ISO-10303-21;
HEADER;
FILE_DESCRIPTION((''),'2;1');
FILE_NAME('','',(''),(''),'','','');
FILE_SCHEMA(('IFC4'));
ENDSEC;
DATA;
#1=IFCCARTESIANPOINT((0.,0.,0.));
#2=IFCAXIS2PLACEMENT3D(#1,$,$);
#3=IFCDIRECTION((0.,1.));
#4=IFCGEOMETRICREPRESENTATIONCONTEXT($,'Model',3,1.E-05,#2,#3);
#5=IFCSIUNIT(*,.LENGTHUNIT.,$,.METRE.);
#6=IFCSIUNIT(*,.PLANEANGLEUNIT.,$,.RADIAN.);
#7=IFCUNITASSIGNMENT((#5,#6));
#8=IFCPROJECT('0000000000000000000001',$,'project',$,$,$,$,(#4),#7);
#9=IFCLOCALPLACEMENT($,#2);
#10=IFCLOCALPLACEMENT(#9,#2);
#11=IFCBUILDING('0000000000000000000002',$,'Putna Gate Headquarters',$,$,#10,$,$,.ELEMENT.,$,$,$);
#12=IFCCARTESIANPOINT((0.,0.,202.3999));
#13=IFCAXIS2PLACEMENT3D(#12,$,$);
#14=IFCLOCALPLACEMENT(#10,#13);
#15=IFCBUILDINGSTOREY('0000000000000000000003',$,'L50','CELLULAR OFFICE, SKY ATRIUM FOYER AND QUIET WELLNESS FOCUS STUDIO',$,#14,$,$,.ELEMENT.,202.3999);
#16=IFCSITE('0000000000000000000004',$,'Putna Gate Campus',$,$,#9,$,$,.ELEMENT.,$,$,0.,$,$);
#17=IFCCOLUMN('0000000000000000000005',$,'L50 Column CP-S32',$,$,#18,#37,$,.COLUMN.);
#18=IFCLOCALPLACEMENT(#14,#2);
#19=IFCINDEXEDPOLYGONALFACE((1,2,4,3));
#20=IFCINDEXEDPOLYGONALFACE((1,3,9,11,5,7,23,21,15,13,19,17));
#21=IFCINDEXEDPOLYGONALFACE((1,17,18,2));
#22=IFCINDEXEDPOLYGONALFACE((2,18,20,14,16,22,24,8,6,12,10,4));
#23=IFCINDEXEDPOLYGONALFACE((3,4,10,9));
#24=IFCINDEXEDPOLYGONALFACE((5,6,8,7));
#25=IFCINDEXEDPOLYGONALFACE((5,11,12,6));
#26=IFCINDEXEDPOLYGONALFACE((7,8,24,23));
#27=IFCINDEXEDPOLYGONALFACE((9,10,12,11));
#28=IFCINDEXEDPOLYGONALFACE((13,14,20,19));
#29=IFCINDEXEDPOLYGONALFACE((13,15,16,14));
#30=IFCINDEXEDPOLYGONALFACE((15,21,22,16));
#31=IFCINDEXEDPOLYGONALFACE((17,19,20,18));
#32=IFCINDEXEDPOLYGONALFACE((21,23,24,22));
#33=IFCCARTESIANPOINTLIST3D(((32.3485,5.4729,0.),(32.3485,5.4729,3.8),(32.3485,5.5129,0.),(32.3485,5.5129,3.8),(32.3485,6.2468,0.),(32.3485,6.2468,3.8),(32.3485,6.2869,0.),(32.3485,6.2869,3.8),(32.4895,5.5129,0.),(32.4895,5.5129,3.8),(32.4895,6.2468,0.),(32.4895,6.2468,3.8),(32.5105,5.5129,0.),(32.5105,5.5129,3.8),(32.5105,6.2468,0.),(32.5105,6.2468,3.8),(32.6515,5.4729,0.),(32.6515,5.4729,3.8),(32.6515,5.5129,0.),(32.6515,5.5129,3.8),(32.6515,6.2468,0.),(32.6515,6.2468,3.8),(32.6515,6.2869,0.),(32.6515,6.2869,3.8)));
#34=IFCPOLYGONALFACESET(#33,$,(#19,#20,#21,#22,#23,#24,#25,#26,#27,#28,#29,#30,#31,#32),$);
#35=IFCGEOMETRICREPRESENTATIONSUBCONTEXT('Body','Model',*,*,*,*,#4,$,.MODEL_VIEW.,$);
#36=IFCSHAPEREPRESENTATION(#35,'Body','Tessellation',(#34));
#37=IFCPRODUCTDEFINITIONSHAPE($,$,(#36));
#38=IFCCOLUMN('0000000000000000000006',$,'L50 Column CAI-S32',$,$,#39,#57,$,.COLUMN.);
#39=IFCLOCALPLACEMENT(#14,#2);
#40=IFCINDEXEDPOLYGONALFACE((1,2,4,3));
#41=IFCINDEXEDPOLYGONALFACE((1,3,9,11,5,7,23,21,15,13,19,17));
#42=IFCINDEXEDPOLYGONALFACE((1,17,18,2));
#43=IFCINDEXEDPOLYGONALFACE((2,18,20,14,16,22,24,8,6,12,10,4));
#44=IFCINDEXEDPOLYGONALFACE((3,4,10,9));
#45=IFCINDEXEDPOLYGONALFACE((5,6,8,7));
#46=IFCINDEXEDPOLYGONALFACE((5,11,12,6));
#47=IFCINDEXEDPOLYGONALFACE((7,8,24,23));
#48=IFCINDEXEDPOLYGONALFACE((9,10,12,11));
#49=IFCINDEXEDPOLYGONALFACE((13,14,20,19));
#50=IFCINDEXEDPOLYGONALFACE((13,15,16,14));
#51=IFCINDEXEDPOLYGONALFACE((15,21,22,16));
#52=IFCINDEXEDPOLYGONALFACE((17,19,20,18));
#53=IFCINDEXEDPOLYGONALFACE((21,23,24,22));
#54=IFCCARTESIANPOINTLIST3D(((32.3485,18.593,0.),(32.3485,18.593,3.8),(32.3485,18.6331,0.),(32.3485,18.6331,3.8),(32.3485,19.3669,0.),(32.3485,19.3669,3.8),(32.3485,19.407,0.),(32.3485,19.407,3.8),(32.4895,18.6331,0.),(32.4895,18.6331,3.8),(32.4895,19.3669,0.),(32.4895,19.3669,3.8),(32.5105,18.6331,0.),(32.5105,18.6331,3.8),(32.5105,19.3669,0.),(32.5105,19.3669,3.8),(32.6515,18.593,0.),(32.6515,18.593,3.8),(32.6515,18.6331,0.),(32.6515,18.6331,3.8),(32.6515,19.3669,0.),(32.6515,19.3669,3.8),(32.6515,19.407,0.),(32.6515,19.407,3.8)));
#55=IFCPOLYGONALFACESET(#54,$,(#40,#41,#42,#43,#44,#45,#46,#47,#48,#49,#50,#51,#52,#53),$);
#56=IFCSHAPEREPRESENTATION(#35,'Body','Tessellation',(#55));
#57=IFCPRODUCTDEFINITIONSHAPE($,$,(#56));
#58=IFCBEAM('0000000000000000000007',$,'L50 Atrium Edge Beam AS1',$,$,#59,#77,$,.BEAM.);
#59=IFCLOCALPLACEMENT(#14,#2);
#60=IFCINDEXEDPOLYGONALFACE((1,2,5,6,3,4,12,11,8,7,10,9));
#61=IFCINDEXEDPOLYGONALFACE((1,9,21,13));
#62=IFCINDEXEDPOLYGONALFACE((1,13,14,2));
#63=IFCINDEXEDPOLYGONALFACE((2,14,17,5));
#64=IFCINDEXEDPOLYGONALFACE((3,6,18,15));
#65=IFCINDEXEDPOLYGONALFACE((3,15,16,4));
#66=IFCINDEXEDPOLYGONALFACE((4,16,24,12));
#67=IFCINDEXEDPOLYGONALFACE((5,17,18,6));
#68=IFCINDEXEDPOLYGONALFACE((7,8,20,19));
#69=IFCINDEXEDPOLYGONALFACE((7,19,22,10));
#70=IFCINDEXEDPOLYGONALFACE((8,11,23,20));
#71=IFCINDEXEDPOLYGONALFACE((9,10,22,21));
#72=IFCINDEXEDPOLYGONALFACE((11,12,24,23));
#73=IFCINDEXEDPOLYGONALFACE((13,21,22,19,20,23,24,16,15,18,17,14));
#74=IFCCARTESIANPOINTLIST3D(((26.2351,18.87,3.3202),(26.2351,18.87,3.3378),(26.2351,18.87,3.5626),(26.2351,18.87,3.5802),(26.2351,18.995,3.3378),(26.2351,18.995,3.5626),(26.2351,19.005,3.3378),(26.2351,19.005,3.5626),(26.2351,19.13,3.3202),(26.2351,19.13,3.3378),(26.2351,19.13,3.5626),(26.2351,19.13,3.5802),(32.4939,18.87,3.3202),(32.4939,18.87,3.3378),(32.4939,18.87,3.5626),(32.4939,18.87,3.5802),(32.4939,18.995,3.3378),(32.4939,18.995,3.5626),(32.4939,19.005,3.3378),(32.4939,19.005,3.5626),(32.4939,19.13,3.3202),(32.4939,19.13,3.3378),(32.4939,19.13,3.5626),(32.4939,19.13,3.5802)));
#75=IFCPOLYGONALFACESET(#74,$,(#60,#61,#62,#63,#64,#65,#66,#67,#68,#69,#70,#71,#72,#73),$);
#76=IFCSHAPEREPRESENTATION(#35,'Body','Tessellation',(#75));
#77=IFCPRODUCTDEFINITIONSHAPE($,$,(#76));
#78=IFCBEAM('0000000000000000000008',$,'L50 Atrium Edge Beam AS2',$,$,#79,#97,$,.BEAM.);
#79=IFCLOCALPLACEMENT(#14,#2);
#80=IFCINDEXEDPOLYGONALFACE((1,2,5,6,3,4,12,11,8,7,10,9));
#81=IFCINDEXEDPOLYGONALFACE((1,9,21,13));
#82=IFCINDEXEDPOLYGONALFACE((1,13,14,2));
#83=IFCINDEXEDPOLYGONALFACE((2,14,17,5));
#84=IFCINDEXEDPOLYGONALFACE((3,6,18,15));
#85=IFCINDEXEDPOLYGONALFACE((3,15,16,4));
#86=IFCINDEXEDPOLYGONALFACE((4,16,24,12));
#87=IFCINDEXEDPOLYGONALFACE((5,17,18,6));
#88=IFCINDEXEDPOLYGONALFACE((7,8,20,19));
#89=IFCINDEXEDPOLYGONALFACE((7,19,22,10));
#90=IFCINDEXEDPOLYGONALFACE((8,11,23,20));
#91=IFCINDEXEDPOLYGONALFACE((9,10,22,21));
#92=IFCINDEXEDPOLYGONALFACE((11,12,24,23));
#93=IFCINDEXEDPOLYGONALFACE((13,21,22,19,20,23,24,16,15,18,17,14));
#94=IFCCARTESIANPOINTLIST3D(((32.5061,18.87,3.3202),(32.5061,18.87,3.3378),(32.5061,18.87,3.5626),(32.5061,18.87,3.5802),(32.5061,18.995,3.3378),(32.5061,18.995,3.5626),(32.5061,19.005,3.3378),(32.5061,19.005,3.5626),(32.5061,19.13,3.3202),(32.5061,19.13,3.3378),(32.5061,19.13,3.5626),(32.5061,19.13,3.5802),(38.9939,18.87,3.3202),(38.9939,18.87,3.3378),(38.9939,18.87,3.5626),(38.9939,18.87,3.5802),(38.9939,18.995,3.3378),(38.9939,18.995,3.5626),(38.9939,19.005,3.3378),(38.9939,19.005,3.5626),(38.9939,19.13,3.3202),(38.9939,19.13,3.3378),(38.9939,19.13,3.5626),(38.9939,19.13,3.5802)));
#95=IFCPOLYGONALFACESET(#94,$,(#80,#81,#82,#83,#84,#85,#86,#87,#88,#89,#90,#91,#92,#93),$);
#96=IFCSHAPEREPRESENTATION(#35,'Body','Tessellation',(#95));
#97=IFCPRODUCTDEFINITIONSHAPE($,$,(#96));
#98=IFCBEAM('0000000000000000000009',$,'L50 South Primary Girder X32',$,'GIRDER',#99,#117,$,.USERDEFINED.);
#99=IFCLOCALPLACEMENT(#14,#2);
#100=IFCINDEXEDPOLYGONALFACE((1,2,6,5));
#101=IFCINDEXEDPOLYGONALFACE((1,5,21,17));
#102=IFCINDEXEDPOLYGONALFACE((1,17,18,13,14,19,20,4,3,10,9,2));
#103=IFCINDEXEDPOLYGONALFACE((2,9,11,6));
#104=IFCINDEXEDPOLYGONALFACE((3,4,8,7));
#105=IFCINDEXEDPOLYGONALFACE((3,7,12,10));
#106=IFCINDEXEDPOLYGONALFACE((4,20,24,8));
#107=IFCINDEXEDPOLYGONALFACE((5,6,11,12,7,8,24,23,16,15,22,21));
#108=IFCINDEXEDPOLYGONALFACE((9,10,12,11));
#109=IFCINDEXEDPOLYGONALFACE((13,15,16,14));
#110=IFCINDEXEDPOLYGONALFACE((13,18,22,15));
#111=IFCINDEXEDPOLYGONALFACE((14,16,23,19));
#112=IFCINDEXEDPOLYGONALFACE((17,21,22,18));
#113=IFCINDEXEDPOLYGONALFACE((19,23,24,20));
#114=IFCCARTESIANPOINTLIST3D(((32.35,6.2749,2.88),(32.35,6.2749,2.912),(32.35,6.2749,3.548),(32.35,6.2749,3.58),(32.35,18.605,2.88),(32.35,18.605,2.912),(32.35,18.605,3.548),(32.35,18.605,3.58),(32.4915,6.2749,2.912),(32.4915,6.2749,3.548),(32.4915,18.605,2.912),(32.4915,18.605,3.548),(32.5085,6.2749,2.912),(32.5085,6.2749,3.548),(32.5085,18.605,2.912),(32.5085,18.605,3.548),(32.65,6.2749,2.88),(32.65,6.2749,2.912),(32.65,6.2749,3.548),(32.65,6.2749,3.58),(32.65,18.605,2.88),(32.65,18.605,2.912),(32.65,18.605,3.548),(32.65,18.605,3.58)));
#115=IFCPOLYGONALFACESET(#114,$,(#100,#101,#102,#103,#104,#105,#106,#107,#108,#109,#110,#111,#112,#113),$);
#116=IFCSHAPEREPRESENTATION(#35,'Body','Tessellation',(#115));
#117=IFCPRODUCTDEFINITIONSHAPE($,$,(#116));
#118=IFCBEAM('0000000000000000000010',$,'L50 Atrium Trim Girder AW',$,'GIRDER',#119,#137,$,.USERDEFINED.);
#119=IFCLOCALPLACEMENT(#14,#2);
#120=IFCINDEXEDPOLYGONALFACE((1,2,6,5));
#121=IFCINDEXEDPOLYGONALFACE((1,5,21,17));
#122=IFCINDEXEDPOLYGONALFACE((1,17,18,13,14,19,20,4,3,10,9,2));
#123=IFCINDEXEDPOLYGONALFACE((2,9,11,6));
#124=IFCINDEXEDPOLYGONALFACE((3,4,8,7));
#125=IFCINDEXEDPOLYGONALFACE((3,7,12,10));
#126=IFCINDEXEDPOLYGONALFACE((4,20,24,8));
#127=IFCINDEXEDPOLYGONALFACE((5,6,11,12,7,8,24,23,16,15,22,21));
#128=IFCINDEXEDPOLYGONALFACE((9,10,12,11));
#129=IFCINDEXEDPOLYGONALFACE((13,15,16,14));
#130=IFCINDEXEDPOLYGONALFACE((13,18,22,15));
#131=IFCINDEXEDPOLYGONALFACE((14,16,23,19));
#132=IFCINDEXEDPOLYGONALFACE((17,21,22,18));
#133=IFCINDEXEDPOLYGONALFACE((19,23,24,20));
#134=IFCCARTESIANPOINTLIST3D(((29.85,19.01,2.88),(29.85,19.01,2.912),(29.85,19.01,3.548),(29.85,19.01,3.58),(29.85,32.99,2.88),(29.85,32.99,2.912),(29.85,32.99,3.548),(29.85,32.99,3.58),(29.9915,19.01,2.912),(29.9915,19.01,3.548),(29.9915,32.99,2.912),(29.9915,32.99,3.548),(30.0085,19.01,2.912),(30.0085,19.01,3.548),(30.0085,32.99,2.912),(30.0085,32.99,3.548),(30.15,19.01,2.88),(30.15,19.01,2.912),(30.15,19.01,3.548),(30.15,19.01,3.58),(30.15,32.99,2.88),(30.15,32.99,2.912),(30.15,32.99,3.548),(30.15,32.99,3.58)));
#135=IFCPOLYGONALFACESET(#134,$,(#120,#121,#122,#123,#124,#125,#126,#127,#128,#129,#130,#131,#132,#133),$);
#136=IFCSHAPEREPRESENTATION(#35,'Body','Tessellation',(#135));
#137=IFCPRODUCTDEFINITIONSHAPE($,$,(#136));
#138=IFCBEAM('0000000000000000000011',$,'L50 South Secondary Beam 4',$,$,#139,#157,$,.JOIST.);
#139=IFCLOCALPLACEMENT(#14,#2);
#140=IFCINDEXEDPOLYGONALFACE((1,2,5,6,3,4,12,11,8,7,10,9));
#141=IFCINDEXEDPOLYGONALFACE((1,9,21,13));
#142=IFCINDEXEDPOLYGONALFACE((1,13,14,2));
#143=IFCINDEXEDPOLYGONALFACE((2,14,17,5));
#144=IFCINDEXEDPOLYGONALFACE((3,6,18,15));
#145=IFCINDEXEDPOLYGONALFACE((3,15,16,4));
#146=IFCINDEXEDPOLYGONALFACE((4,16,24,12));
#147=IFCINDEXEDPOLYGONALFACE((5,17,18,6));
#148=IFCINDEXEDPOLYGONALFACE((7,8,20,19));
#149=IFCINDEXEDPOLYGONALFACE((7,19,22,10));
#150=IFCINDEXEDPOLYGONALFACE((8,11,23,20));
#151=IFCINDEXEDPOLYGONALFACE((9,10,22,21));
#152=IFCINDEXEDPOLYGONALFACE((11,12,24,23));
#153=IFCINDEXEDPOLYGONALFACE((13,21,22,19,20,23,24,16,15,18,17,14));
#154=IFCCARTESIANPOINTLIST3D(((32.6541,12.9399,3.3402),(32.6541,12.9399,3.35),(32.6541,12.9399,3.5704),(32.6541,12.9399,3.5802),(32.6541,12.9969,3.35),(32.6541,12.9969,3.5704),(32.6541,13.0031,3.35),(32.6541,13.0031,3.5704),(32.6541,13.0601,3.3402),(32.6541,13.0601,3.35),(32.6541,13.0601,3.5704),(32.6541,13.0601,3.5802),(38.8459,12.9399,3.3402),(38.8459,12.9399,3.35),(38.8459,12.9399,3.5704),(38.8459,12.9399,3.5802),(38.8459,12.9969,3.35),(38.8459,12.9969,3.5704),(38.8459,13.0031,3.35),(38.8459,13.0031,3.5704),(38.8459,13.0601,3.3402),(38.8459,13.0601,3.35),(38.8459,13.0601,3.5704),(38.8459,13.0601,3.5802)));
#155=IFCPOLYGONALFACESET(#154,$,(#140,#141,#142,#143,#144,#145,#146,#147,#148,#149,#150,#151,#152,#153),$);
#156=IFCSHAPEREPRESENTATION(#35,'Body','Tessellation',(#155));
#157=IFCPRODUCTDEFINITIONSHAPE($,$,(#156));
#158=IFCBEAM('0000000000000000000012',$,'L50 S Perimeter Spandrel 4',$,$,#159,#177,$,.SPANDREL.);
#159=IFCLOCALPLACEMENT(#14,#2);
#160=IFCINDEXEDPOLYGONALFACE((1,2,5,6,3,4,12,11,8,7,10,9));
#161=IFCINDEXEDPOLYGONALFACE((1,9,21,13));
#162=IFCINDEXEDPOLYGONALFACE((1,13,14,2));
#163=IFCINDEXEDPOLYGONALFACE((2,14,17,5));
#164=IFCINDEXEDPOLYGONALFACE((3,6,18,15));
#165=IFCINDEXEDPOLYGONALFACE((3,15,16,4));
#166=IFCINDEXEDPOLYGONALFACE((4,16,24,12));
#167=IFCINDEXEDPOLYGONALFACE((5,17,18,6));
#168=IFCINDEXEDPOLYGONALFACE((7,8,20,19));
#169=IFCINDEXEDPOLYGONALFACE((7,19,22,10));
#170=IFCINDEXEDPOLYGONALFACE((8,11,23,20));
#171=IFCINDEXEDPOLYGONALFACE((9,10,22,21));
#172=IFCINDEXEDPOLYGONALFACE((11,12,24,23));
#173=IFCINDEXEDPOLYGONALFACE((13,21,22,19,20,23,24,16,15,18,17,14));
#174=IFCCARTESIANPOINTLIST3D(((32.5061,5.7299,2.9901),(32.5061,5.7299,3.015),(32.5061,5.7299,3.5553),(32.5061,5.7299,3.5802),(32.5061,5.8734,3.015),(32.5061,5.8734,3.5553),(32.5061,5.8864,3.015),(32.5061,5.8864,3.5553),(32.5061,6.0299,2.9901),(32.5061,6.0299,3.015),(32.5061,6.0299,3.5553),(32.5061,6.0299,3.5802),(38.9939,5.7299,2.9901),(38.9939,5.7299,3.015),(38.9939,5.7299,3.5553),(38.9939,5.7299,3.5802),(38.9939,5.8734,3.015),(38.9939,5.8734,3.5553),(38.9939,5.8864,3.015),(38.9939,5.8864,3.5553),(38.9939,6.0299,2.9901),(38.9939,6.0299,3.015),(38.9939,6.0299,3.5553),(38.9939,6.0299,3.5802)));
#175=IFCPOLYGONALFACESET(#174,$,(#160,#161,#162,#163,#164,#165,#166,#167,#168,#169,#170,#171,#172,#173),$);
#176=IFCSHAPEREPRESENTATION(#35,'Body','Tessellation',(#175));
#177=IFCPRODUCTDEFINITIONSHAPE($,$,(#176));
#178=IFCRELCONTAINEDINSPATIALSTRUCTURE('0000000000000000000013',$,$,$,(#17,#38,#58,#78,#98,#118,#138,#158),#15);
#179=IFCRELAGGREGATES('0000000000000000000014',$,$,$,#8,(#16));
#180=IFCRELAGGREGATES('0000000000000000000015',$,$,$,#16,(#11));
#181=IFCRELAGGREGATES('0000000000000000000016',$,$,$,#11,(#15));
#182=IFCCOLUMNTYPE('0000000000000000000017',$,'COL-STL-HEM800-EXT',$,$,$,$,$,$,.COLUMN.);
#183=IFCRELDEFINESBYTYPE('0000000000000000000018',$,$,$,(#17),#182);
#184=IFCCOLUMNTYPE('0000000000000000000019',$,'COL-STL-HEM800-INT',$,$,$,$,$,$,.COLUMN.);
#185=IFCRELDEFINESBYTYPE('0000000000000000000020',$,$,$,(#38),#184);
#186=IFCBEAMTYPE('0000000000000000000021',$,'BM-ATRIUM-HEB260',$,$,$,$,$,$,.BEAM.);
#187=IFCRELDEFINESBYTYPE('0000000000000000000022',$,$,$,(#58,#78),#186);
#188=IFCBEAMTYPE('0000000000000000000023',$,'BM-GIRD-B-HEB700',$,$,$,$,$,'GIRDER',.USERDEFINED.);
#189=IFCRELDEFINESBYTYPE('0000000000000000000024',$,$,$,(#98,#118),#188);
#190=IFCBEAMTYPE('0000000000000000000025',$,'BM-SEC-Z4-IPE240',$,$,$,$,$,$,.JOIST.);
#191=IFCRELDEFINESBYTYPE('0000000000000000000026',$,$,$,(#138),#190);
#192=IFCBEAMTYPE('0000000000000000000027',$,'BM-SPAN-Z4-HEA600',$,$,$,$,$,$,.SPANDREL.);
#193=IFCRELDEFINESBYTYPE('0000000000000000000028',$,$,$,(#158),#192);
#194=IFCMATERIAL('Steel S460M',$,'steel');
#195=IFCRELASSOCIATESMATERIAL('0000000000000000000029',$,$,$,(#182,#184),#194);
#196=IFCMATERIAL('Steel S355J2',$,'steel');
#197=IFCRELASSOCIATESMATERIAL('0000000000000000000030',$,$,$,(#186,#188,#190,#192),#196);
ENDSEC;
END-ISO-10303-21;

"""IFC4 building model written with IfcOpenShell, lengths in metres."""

from ifc_helpers import new_model, si_unit, direction, frame, origin, origin_2d, place, context, subcontext, project, spatial, i_section, extrude, material, material_profile, profile_set, type_object, element, save


model = new_model("IFC4")

# Units and contexts
model_context = context("Model", 3, precision=1e-05, world=origin(), true_north=direction((0.0, 1.0)))
body_context = subcontext(model_context, "Body", "Model", "MODEL_VIEW")
ifc_project = project(units=[si_unit("LENGTHUNIT", "METRE"), si_unit("PLANEANGLEUNIT", "RADIAN")], contexts=[model_context])

# Site, building, storey
site_placement = place(None, origin())
site = spatial("IfcSite", under=ifc_project, at=site_placement, Name="Putna Gate Campus", CompositionType="ELEMENT", RefElevation=0.0)
building_placement = place(site_placement, origin())
building = spatial("IfcBuilding", under=site, at=building_placement, Name="Putna Gate Headquarters", CompositionType="ELEMENT")
storey_placement = place(building_placement, frame((0.0, 0.0, 202.3999)))
storey = spatial("IfcBuildingStorey", under=building, at=storey_placement, Name="L50", Description="CELLULAR OFFICE, SKY ATRIUM FOYER AND QUIET WELLNESS FOCUS STUDIO", CompositionType="ELEMENT", Elevation=202.3999)

# Columns
ifc_material_1 = material(Name="Steel S460M", Category="steel")
ifc_material_profile_1 = material_profile(ifc_material_1, i_section(OverallWidth=0.303, OverallDepth=0.814, WebThickness=0.021, FlangeThickness=0.04, at=origin_2d()), Name="Steel S460M")
ifc_profile_set_1 = profile_set([ifc_material_profile_1], Name="Steel S460M")
column_type_1 = type_object("IfcColumnType", Name="COL-STL-HEM800-EXT", PredefinedType="COLUMN", material=ifc_profile_set_1)
column_1_placement = place(storey_placement, frame((32.5, 5.8799, 0.0), z_axis=(0.0, 0.0, 1.0), x_axis=(1.0, 0.0, 0.0)))
element("IfcColumn", 1, at=column_1_placement, inside=storey, type_object=column_type_1, Name="L50 Column CP-S32", PredefinedType="COLUMN", context=body_context, shape_type="SweptSolid", body=[
    extrude(i_section(OverallWidth=0.303, OverallDepth=0.814, WebThickness=0.021, FlangeThickness=0.04, at=origin_2d()), origin(), (0.0, 0.0, 1.0), 3.8),
])
ifc_material_profile_2 = material_profile(ifc_material_1, i_section(OverallWidth=0.303, OverallDepth=0.814, WebThickness=0.021, FlangeThickness=0.04, at=origin_2d()), Name="Steel S460M")
ifc_profile_set_2 = profile_set([ifc_material_profile_2], Name="Steel S460M")
column_type_2 = type_object("IfcColumnType", Name="COL-STL-HEM800-INT", PredefinedType="COLUMN", material=ifc_profile_set_2)
column_2_placement = place(storey_placement, frame((32.5, 19.0, 0.0), z_axis=(0.0, 0.0, 1.0), x_axis=(1.0, 0.0, 0.0)))
element("IfcColumn", 2, at=column_2_placement, inside=storey, type_object=column_type_2, Name="L50 Column CAI-S32", PredefinedType="COLUMN", context=body_context, shape_type="SweptSolid", body=[
    extrude(i_section(OverallWidth=0.303, OverallDepth=0.814, WebThickness=0.021, FlangeThickness=0.04, at=origin_2d()), origin(), (0.0, 0.0, 1.0), 3.8),
])

# Beams
ifc_material_2 = material(Name="Steel S355J2", Category="steel")
ifc_material_profile_3 = material_profile(ifc_material_2, i_section(OverallWidth=0.26, OverallDepth=0.26, WebThickness=0.01, FlangeThickness=0.0176, at=origin_2d()), Name="Steel S355J2")
ifc_profile_set_3 = profile_set([ifc_material_profile_3], Name="Steel S355J2")
beam_type_1 = type_object("IfcBeamType", Name="BM-ATRIUM-HEB260", PredefinedType="BEAM", material=ifc_profile_set_3)
beam_1_placement = place(storey_placement, frame((26.2351, 19.0, 3.4502), z_axis=(1.0, 0.0, 0.0), x_axis=(0.0, 1.0, 0.0)))
element("IfcBeam", 3, at=beam_1_placement, inside=storey, type_object=beam_type_1, Name="L50 Atrium Edge Beam AS1", PredefinedType="BEAM", context=body_context, shape_type="SweptSolid", body=[
    extrude(i_section(OverallWidth=0.26, OverallDepth=0.26, WebThickness=0.01, FlangeThickness=0.0176, at=origin_2d()), origin(), (0.0, 0.0, 1.0), 6.2588),
])
beam_2_placement = place(storey_placement, frame((32.5061, 19.0, 3.4502), z_axis=(1.0, 0.0, 0.0), x_axis=(0.0, 1.0, 0.0)))
element("IfcBeam", 4, at=beam_2_placement, inside=storey, type_object=beam_type_1, Name="L50 Atrium Edge Beam AS2", PredefinedType="BEAM", context=body_context, shape_type="SweptSolid", body=[
    extrude(i_section(OverallWidth=0.26, OverallDepth=0.26, WebThickness=0.01, FlangeThickness=0.0176, at=origin_2d()), origin(), (0.0, 0.0, 1.0), 6.4878),
])
ifc_material_profile_4 = material_profile(ifc_material_2, i_section(OverallWidth=0.3, OverallDepth=0.7, WebThickness=0.0171, FlangeThickness=0.032, at=origin_2d()), Name="Steel S355J2")
ifc_profile_set_4 = profile_set([ifc_material_profile_4], Name="Steel S355J2")
beam_type_2 = type_object("IfcBeamType", Name="BM-GIRD-B-HEB700", ElementType="GIRDER", PredefinedType="USERDEFINED", material=ifc_profile_set_4)
beam_3_placement = place(storey_placement, frame((32.5, 6.2749, 3.23), z_axis=(0.0, 1.0, 0.0), x_axis=(-1.0, 0.0, 0.0)))
element("IfcBeam", 5, at=beam_3_placement, inside=storey, type_object=beam_type_2, Name="L50 South Primary Girder X32", ObjectType="GIRDER", PredefinedType="USERDEFINED", context=body_context, shape_type="SweptSolid", body=[
    extrude(i_section(OverallWidth=0.3, OverallDepth=0.7, WebThickness=0.0171, FlangeThickness=0.032, at=origin_2d()), origin(), (0.0, 0.0, 1.0), 12.3301),
])
beam_4_placement = place(storey_placement, frame((30.0, 19.01, 3.23), z_axis=(0.0, 1.0, 0.0), x_axis=(-1.0, 0.0, 0.0)))
element("IfcBeam", 6, at=beam_4_placement, inside=storey, type_object=beam_type_2, Name="L50 Atrium Trim Girder AW", ObjectType="GIRDER", PredefinedType="USERDEFINED", context=body_context, shape_type="SweptSolid", body=[
    extrude(i_section(OverallWidth=0.3, OverallDepth=0.7, WebThickness=0.0171, FlangeThickness=0.032, at=origin_2d()), origin(), (0.0, 0.0, 1.0), 13.98),
])
ifc_material_profile_5 = material_profile(ifc_material_2, i_section(OverallWidth=0.1201, OverallDepth=0.24, WebThickness=0.0061, FlangeThickness=0.0098, at=origin_2d()), Name="Steel S355J2")
ifc_profile_set_5 = profile_set([ifc_material_profile_5], Name="Steel S355J2")
beam_type_3 = type_object("IfcBeamType", Name="BM-SEC-Z4-IPE240", PredefinedType="JOIST", material=ifc_profile_set_5)
beam_5_placement = place(storey_placement, frame((32.6541, 13.0, 3.4602), z_axis=(1.0, 0.0, 0.0), x_axis=(0.0, 1.0, 0.0)))
element("IfcBeam", 7, at=beam_5_placement, inside=storey, type_object=beam_type_3, Name="L50 South Secondary Beam 4", PredefinedType="JOIST", context=body_context, shape_type="SweptSolid", body=[
    extrude(i_section(OverallWidth=0.1201, OverallDepth=0.24, WebThickness=0.0061, FlangeThickness=0.0098, at=origin_2d()), origin(), (0.0, 0.0, 1.0), 6.1919),
])
ifc_material_profile_6 = material_profile(ifc_material_2, i_section(OverallWidth=0.3, OverallDepth=0.5901, WebThickness=0.0129, FlangeThickness=0.0249, at=origin_2d()), Name="Steel S355J2")
ifc_profile_set_6 = profile_set([ifc_material_profile_6], Name="Steel S355J2")
beam_type_4 = type_object("IfcBeamType", Name="BM-SPAN-Z4-HEA600", PredefinedType="SPANDREL", material=ifc_profile_set_6)
beam_6_placement = place(storey_placement, frame((32.5061, 5.8799, 3.2852), z_axis=(1.0, 0.0, 0.0), x_axis=(0.0, 1.0, 0.0)))
element("IfcBeam", 8, at=beam_6_placement, inside=storey, type_object=beam_type_4, Name="L50 S Perimeter Spandrel 4", PredefinedType="SPANDREL", context=body_context, shape_type="SweptSolid", body=[
    extrude(i_section(OverallWidth=0.3, OverallDepth=0.5901, WebThickness=0.0129, FlangeThickness=0.0249, at=origin_2d()), origin(), (0.0, 0.0, 1.0), 6.4878),
])

save(model, "model.ifc")
